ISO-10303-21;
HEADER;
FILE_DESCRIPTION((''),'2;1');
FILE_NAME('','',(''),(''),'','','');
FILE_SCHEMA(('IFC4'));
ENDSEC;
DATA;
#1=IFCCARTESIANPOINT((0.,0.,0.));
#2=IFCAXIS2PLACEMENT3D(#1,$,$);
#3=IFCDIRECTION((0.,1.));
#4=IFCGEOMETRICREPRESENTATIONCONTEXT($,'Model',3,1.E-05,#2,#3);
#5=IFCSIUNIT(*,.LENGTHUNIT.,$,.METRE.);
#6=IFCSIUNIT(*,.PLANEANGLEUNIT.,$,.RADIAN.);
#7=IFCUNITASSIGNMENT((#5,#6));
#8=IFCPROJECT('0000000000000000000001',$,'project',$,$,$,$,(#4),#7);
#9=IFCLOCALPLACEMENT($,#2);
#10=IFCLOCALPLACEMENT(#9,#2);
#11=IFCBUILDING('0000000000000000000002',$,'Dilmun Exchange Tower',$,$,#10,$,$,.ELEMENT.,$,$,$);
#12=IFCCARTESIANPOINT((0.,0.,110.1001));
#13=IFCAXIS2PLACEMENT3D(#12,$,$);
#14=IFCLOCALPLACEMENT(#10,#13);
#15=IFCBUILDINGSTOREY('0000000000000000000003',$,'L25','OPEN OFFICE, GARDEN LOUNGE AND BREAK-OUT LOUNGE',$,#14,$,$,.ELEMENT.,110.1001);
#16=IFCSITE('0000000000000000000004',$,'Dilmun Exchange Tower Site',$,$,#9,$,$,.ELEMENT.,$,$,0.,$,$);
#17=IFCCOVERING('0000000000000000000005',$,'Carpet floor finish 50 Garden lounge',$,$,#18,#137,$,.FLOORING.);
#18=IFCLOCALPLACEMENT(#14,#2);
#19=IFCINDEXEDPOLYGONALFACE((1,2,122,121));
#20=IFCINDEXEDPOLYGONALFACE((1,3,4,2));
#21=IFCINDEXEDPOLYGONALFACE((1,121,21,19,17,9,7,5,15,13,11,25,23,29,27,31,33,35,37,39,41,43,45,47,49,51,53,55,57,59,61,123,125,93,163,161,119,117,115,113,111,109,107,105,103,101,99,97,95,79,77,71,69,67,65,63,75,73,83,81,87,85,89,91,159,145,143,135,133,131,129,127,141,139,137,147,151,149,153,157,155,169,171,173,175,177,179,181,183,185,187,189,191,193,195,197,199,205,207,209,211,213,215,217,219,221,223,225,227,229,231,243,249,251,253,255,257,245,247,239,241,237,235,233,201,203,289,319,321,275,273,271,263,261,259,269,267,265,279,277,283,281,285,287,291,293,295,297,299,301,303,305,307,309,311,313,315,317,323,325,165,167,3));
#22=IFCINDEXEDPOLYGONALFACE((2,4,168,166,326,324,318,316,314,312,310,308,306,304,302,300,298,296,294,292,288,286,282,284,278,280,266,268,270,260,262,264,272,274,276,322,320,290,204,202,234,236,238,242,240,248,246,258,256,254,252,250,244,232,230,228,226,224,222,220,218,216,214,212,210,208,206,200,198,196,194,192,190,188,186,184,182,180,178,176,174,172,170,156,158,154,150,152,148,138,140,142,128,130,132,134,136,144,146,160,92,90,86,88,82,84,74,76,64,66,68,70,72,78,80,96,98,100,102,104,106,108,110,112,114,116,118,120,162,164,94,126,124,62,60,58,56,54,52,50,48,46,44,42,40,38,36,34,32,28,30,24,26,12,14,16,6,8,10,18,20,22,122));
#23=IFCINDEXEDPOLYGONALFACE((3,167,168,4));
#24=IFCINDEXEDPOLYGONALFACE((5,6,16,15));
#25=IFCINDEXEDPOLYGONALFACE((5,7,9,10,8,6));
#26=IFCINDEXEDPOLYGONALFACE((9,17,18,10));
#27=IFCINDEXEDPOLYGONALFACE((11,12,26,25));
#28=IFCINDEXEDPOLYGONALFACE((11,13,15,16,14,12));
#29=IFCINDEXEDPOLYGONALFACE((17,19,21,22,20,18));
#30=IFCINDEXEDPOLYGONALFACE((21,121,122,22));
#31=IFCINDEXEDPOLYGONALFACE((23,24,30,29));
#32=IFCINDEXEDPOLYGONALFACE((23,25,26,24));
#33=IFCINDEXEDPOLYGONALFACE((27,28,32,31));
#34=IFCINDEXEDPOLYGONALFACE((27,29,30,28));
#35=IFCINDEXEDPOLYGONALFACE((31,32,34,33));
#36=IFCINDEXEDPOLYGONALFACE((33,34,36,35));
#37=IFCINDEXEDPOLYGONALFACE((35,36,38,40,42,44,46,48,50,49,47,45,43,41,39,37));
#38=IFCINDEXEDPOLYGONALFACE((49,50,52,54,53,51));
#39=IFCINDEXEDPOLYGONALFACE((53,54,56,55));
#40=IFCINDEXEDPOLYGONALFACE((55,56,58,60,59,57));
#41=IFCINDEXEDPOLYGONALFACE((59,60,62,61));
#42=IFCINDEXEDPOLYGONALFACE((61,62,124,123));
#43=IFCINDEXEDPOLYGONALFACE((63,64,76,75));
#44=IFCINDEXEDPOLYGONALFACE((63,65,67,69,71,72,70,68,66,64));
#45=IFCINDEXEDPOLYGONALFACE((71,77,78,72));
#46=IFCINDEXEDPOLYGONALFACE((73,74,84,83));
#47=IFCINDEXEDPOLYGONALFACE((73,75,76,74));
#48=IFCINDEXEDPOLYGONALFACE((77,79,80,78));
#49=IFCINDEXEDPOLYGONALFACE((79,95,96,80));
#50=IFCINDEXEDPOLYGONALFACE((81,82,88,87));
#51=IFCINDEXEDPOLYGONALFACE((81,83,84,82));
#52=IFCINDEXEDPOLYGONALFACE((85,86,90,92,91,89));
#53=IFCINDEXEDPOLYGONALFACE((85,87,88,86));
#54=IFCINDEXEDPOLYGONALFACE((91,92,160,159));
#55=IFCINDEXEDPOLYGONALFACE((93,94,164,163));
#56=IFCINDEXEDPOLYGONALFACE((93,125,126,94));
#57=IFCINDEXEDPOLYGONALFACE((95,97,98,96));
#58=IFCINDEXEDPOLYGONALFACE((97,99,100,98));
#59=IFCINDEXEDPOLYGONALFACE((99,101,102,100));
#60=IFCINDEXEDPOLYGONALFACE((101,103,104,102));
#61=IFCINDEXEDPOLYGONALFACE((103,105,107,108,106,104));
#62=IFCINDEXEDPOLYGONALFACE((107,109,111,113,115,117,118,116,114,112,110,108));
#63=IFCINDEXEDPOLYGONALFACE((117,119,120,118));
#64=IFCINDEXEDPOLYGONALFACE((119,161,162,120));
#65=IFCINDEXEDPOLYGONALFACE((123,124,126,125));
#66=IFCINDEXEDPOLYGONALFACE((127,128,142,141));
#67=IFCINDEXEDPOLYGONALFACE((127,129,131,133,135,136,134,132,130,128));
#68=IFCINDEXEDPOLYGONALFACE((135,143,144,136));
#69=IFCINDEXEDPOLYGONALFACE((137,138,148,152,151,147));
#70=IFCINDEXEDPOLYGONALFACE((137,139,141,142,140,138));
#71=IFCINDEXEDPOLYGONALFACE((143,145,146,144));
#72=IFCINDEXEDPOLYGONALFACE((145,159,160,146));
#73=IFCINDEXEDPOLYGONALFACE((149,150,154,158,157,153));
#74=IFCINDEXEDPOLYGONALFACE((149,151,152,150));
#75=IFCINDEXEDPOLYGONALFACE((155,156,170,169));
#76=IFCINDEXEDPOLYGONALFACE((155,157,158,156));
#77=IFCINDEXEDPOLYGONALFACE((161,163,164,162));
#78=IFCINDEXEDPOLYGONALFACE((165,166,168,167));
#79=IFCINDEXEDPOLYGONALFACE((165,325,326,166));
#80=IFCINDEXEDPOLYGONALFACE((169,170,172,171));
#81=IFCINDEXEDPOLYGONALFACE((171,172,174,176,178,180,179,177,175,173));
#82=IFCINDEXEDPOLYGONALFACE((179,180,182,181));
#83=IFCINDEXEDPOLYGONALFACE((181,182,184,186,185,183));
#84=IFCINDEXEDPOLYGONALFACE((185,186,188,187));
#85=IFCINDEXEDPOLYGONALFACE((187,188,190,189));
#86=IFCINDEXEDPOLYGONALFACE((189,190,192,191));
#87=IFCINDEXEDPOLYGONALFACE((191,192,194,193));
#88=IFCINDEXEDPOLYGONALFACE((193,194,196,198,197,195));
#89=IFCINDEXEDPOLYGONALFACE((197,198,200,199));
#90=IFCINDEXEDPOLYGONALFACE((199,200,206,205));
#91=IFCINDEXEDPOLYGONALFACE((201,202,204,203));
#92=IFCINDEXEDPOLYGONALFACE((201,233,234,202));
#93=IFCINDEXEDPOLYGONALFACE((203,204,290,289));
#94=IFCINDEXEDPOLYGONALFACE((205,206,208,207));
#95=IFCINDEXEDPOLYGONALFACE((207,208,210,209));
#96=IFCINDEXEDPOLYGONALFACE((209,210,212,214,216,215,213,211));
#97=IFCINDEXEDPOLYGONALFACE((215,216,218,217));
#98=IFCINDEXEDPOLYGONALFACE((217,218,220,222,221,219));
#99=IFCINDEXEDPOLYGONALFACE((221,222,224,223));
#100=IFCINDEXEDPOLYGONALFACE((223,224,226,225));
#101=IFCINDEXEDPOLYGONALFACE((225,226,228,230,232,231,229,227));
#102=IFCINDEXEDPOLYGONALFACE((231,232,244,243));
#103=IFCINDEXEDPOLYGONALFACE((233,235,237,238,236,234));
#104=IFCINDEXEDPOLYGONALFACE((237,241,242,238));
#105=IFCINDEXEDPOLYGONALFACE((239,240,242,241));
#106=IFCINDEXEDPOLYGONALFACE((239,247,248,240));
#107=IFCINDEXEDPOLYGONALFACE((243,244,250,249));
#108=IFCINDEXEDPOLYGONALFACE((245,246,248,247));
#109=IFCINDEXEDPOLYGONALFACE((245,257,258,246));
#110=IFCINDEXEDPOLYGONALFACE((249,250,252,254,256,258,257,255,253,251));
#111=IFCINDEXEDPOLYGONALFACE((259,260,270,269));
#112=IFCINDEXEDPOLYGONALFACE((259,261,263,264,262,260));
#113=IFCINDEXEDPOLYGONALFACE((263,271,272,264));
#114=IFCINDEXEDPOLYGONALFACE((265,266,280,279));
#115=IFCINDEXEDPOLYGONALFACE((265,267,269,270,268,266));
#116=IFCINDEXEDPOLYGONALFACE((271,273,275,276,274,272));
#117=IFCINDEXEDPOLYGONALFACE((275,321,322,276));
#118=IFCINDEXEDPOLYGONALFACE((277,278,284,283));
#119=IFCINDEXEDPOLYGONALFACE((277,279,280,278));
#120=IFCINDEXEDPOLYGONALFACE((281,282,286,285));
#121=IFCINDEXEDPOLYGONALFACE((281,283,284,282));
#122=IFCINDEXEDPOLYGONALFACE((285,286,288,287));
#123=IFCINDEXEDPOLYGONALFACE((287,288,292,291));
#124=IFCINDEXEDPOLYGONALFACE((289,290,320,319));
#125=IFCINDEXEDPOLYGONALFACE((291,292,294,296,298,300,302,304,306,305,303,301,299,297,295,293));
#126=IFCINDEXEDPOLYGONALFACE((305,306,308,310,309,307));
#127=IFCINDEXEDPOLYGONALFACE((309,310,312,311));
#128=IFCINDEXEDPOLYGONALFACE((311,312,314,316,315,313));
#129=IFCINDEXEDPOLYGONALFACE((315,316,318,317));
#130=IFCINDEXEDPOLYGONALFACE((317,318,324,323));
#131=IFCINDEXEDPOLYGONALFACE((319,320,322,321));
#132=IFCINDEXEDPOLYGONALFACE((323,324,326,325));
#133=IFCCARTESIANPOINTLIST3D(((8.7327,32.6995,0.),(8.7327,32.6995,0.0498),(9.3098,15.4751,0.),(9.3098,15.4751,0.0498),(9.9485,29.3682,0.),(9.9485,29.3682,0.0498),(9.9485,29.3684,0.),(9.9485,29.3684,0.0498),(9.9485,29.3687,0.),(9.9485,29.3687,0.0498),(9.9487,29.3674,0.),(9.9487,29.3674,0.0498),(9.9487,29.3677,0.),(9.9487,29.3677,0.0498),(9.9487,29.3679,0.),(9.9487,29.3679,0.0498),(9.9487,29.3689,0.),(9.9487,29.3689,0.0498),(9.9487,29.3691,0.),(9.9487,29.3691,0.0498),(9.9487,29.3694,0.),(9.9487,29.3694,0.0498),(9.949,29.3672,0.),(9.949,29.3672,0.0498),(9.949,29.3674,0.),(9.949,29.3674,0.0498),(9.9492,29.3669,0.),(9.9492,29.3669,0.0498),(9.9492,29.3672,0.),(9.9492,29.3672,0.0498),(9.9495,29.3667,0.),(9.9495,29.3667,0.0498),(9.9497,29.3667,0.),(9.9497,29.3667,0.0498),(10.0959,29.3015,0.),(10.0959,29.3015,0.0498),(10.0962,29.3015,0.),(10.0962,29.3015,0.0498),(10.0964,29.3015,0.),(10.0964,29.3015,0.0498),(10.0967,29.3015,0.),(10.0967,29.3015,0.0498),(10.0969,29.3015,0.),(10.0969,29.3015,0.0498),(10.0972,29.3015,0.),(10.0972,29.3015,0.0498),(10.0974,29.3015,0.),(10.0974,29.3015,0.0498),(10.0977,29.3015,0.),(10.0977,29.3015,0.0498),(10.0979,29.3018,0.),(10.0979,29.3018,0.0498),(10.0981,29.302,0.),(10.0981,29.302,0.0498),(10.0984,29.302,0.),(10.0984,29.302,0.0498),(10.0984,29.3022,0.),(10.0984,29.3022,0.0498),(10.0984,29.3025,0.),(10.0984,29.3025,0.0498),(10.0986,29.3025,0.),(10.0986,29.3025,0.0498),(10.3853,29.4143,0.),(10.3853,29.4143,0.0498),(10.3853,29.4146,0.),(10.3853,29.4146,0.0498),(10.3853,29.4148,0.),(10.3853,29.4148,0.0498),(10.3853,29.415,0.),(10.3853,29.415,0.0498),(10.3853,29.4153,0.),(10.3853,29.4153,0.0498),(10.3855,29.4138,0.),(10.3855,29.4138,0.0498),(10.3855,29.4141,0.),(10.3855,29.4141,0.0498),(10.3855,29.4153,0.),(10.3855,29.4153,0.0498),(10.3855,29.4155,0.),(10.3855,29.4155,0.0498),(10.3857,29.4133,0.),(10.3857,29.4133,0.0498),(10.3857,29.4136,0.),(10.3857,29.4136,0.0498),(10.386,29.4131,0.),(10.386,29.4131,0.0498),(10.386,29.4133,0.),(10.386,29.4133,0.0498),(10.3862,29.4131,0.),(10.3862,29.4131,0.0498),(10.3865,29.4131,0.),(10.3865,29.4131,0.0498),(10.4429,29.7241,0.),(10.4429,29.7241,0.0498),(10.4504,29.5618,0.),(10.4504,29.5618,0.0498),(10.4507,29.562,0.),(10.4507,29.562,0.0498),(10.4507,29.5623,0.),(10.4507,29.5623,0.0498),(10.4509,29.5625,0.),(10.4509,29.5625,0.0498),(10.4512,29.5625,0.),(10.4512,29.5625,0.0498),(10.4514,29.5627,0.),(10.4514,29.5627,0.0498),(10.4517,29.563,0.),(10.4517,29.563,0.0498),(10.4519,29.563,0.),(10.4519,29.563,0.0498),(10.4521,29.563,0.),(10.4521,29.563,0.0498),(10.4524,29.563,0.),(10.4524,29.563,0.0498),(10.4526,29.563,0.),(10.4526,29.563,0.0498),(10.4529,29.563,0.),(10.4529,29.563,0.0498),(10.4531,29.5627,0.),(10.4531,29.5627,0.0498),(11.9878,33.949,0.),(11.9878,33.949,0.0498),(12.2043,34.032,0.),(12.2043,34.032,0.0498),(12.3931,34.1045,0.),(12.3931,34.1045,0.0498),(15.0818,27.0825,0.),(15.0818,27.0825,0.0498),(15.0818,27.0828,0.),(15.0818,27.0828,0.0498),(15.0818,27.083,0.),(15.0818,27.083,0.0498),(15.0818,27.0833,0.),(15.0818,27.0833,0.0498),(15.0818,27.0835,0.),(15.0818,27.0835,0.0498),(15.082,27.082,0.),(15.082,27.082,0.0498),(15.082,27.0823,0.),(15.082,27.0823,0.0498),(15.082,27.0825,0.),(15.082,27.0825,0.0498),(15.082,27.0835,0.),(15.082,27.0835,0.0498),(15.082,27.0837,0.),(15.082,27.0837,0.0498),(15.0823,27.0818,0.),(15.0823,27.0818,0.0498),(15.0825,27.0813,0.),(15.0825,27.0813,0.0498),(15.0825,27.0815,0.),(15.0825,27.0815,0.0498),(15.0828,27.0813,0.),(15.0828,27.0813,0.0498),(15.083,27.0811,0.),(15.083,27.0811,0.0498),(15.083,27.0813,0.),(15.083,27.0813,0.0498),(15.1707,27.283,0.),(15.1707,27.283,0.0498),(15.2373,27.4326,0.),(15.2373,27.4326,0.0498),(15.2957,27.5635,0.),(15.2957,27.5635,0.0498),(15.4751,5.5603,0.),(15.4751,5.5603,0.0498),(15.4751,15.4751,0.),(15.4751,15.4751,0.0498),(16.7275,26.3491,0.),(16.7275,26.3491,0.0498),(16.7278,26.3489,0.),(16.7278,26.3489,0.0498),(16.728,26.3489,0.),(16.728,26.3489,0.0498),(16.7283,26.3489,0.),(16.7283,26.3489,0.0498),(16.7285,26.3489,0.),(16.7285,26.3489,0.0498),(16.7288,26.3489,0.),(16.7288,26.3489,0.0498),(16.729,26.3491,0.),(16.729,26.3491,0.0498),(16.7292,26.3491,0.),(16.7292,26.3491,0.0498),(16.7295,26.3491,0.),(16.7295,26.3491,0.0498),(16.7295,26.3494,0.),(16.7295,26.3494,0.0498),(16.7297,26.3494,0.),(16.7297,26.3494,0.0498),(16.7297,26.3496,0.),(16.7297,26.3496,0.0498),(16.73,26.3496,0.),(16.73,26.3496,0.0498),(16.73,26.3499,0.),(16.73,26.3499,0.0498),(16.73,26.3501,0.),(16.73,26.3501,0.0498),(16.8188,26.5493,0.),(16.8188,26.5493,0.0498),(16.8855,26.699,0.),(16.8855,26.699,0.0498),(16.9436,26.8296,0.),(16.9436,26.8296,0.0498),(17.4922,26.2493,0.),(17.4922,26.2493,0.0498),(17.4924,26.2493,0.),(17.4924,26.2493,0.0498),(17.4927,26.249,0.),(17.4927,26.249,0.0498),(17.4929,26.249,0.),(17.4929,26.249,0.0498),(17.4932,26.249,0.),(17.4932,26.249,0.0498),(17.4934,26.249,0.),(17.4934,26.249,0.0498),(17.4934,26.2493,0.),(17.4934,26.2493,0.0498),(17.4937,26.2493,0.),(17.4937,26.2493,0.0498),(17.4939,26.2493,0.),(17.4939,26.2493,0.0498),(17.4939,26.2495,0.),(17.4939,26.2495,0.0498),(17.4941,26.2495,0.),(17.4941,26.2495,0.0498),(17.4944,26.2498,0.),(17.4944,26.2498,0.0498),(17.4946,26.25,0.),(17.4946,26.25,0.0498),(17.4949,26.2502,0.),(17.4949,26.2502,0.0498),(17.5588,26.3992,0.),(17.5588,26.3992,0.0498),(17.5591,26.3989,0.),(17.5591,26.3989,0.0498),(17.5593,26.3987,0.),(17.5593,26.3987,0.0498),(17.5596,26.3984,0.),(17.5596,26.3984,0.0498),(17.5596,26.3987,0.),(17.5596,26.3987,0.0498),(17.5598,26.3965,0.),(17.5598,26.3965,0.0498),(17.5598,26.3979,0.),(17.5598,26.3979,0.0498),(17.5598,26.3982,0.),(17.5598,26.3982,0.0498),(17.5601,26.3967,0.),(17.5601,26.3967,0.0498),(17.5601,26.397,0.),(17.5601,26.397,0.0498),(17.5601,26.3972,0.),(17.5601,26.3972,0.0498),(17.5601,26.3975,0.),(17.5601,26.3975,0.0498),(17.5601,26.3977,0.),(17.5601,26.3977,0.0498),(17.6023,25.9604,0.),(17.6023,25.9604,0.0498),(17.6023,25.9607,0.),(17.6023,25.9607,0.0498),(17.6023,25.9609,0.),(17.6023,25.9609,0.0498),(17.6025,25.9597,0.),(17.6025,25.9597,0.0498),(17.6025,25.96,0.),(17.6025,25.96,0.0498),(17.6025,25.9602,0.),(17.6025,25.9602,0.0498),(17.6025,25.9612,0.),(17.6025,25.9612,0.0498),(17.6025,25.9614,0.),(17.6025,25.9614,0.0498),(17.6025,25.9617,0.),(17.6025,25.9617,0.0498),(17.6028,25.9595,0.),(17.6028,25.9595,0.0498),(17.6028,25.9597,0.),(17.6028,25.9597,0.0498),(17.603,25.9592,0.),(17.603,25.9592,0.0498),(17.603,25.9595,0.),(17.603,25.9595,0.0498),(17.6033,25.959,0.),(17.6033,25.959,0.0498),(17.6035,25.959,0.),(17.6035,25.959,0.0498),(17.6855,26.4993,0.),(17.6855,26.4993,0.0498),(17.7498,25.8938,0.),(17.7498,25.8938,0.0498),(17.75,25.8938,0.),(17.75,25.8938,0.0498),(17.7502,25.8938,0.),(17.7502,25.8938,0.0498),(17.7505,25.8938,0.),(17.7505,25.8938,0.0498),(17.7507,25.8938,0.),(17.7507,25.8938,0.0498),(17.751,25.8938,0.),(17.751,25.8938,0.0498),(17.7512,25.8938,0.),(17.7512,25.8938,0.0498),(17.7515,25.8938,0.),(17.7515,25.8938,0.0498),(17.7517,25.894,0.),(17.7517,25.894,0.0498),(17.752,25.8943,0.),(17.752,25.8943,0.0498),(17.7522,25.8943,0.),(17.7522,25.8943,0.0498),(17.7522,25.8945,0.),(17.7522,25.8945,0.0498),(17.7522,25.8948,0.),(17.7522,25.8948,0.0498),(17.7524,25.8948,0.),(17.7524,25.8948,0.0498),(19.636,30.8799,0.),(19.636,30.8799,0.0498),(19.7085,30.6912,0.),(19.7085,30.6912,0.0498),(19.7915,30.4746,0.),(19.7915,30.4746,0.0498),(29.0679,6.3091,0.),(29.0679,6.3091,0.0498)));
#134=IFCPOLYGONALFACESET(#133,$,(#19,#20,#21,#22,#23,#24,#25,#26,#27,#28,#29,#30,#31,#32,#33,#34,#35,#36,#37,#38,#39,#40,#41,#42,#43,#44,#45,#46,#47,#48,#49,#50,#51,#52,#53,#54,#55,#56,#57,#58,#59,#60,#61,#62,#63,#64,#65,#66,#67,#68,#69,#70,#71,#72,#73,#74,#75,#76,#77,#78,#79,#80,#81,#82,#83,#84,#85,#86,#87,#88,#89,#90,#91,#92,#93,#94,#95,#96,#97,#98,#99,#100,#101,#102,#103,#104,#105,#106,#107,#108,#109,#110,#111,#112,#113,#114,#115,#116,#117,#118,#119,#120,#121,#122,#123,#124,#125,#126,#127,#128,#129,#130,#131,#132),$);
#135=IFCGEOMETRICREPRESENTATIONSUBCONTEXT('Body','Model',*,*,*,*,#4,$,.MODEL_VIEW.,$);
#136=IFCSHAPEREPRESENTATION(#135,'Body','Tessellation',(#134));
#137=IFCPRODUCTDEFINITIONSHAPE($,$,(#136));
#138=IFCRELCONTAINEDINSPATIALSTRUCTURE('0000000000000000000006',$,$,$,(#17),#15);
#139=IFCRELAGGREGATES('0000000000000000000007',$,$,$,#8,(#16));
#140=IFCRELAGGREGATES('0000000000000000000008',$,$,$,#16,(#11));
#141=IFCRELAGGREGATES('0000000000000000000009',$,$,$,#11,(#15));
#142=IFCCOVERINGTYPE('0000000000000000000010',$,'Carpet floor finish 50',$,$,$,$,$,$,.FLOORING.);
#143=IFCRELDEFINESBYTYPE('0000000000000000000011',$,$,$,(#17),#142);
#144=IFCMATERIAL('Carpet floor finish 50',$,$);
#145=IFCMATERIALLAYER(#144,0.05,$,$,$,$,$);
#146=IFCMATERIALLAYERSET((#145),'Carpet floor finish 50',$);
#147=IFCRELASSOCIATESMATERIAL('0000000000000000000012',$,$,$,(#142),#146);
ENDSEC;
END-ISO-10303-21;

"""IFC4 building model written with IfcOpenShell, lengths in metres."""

from ifc_helpers import new_model, si_unit, direction, frame, origin, place, context, subcontext, project, spatial, polyline, outline, extrude, material, layer, layer_set, type_object, element, save


model = new_model("IFC4")

# Units and contexts
model_context = context("Model", 3, precision=1e-05, world=origin(), true_north=direction((0.0, 1.0)))
body_context = subcontext(model_context, "Body", "Model", "MODEL_VIEW")
ifc_project = project(units=[si_unit("LENGTHUNIT", "METRE"), si_unit("PLANEANGLEUNIT", "RADIAN")], contexts=[model_context])

# Site, building, storey
site_placement = place(None, origin())
site = spatial("IfcSite", under=ifc_project, at=site_placement, Name="Dilmun Exchange Tower Site", CompositionType="ELEMENT", RefElevation=0.0)
building_placement = place(site_placement, origin())
building = spatial("IfcBuilding", under=site, at=building_placement, Name="Dilmun Exchange Tower", CompositionType="ELEMENT")
storey_placement = place(building_placement, frame((0.0, 0.0, 110.1001)))
storey = spatial("IfcBuildingStorey", under=building, at=storey_placement, Name="L25", Description="OPEN OFFICE, GARDEN LOUNGE AND BREAK-OUT LOUNGE", CompositionType="ELEMENT", Elevation=110.1001)

# Covering
ifc_material_1 = material(Name="Carpet floor finish 50")
ifc_layer_1 = layer(ifc_material_1, 0.05)
ifc_layer_set_1 = layer_set([ifc_layer_1], Name="Carpet floor finish 50")
covering_type_1 = type_object("IfcCoveringType", Name="Carpet floor finish 50", PredefinedType="FLOORING", material=ifc_layer_set_1)
covering_1_placement = place(storey_placement, origin())
element("IfcCovering", 1, at=covering_1_placement, inside=storey, type_object=covering_type_1, Name="Carpet floor finish 50 Garden lounge", PredefinedType="FLOORING", context=body_context, shape_type="SweptSolid", body=[
    extrude(outline(polyline([(10.4429, 29.7241), (15.2957, 27.5635), (15.2373, 27.4326), (10.4531, 29.5627), (10.4529, 29.563), (10.4529, 29.563), (10.4526, 29.563), (10.4524, 29.563), (10.4521, 29.563), (10.4519, 29.563), (10.4519, 29.563), (10.4517, 29.563), (10.4514, 29.5627), (10.4514, 29.5627), (10.4512, 29.5625), (10.4509, 29.5625), (10.4507, 29.5623), (10.4507, 29.562), (10.4507, 29.562), (10.4504, 29.5618), (10.3855, 29.4155), (10.3855, 29.4153), (10.3853, 29.4153), (10.3853, 29.415), (10.3853, 29.4148), (10.3853, 29.4148), (10.3853, 29.4146), (10.3853, 29.4143), (10.3855, 29.4141), (10.3855, 29.4138), (10.3855, 29.4138), (10.3857, 29.4136), (10.3857, 29.4133), (10.386, 29.4133), (10.386, 29.4131), (10.3862, 29.4131), (10.3865, 29.4131), (15.1707, 27.283), (15.082, 27.0837), (15.082, 27.0835), (15.0818, 27.0835), (15.0818, 27.0833), (15.0818, 27.083), (15.0818, 27.0828), (15.0818, 27.0825), (15.082, 27.0825), (15.082, 27.0823), (15.082, 27.082), (15.0823, 27.0818), (15.0823, 27.0818), (15.0825, 27.0815), (15.0825, 27.0813), (15.0828, 27.0813), (15.083, 27.0813), (15.083, 27.0811), (16.7275, 26.3491), (16.7278, 26.3489), (16.7278, 26.3489), (16.728, 26.3489), (16.7283, 26.3489), (16.7285, 26.3489), (16.7285, 26.3489), (16.7288, 26.3489), (16.729, 26.3491), (16.7292, 26.3491), (16.7295, 26.3491), (16.7295, 26.3494), (16.7297, 26.3494), (16.7297, 26.3496), (16.73, 26.3496), (16.73, 26.3499), (16.73, 26.3501), (16.8188, 26.5493), (17.4922, 26.2493), (17.4922, 26.2493), (17.4924, 26.2493), (17.4927, 26.249), (17.4929, 26.249), (17.4932, 26.249), (17.4934, 26.249), (17.4934, 26.2493), (17.4937, 26.2493), (17.4939, 26.2493), (17.4939, 26.2495), (17.4941, 26.2495), (17.4944, 26.2498), (17.4944, 26.2498), (17.4946, 26.25), (17.4946, 26.25), (17.4949, 26.2502), (17.5598, 26.3965), (17.5598, 26.3965), (17.5601, 26.3967), (17.5601, 26.397), (17.5601, 26.3972), (17.5601, 26.3975), (17.5601, 26.3977), (17.5601, 26.3977), (17.5598, 26.3979), (17.5598, 26.3982), (17.5598, 26.3982), (17.5596, 26.3984), (17.5596, 26.3987), (17.5593, 26.3987), (17.5591, 26.3989), (17.5591, 26.3989), (17.5588, 26.3992), (16.8855, 26.699), (16.9436, 26.8296), (17.6855, 26.4993), (19.636, 30.8799), (19.7085, 30.6912), (17.6025, 25.9617), (17.6025, 25.9614), (17.6025, 25.9612), (17.6023, 25.9609), (17.6023, 25.9607), (17.6023, 25.9607), (17.6023, 25.9604), (17.6025, 25.9602), (17.6025, 25.96), (17.6025, 25.9597), (17.6028, 25.9597), (17.6028, 25.9595), (17.603, 25.9595), (17.603, 25.9592), (17.6033, 25.959), (17.6035, 25.959), (17.6035, 25.959), (17.7498, 25.8938), (17.75, 25.8938), (17.75, 25.8938), (17.7502, 25.8938), (17.7505, 25.8938), (17.7507, 25.8938), (17.751, 25.8938), (17.7512, 25.8938), (17.7512, 25.8938), (17.7515, 25.8938), (17.7517, 25.894), (17.7517, 25.894), (17.752, 25.8943), (17.7522, 25.8943), (17.7522, 25.8945), (17.7522, 25.8948), (17.7524, 25.8948), (19.7915, 30.4746), (29.0679, 6.3091), (15.4751, 5.5603), (15.4751, 15.4751), (9.3098, 15.4751), (8.7327, 32.6995), (11.9878, 33.949), (9.9487, 29.3694), (9.9487, 29.3691), (9.9487, 29.3689), (9.9485, 29.3687), (9.9485, 29.3684), (9.9485, 29.3684), (9.9485, 29.3682), (9.9487, 29.3679), (9.9487, 29.3677), (9.9487, 29.3674), (9.949, 29.3674), (9.949, 29.3672), (9.9492, 29.3672), (9.9492, 29.3669), (9.9495, 29.3667), (9.9497, 29.3667), (9.9497, 29.3667), (10.0959, 29.3015), (10.0962, 29.3015), (10.0962, 29.3015), (10.0964, 29.3015), (10.0967, 29.3015), (10.0969, 29.3015), (10.0972, 29.3015), (10.0974, 29.3015), (10.0974, 29.3015), (10.0977, 29.3015), (10.0979, 29.3018), (10.0979, 29.3018), (10.0981, 29.302), (10.0984, 29.302), (10.0984, 29.3022), (10.0984, 29.3025), (10.0986, 29.3025), (12.2043, 34.032), (12.3931, 34.1045), (10.4429, 29.7241)])), origin(), (0.0, 0.0, 1.0), 0.0498),
])

save(model, "model.ifc")
